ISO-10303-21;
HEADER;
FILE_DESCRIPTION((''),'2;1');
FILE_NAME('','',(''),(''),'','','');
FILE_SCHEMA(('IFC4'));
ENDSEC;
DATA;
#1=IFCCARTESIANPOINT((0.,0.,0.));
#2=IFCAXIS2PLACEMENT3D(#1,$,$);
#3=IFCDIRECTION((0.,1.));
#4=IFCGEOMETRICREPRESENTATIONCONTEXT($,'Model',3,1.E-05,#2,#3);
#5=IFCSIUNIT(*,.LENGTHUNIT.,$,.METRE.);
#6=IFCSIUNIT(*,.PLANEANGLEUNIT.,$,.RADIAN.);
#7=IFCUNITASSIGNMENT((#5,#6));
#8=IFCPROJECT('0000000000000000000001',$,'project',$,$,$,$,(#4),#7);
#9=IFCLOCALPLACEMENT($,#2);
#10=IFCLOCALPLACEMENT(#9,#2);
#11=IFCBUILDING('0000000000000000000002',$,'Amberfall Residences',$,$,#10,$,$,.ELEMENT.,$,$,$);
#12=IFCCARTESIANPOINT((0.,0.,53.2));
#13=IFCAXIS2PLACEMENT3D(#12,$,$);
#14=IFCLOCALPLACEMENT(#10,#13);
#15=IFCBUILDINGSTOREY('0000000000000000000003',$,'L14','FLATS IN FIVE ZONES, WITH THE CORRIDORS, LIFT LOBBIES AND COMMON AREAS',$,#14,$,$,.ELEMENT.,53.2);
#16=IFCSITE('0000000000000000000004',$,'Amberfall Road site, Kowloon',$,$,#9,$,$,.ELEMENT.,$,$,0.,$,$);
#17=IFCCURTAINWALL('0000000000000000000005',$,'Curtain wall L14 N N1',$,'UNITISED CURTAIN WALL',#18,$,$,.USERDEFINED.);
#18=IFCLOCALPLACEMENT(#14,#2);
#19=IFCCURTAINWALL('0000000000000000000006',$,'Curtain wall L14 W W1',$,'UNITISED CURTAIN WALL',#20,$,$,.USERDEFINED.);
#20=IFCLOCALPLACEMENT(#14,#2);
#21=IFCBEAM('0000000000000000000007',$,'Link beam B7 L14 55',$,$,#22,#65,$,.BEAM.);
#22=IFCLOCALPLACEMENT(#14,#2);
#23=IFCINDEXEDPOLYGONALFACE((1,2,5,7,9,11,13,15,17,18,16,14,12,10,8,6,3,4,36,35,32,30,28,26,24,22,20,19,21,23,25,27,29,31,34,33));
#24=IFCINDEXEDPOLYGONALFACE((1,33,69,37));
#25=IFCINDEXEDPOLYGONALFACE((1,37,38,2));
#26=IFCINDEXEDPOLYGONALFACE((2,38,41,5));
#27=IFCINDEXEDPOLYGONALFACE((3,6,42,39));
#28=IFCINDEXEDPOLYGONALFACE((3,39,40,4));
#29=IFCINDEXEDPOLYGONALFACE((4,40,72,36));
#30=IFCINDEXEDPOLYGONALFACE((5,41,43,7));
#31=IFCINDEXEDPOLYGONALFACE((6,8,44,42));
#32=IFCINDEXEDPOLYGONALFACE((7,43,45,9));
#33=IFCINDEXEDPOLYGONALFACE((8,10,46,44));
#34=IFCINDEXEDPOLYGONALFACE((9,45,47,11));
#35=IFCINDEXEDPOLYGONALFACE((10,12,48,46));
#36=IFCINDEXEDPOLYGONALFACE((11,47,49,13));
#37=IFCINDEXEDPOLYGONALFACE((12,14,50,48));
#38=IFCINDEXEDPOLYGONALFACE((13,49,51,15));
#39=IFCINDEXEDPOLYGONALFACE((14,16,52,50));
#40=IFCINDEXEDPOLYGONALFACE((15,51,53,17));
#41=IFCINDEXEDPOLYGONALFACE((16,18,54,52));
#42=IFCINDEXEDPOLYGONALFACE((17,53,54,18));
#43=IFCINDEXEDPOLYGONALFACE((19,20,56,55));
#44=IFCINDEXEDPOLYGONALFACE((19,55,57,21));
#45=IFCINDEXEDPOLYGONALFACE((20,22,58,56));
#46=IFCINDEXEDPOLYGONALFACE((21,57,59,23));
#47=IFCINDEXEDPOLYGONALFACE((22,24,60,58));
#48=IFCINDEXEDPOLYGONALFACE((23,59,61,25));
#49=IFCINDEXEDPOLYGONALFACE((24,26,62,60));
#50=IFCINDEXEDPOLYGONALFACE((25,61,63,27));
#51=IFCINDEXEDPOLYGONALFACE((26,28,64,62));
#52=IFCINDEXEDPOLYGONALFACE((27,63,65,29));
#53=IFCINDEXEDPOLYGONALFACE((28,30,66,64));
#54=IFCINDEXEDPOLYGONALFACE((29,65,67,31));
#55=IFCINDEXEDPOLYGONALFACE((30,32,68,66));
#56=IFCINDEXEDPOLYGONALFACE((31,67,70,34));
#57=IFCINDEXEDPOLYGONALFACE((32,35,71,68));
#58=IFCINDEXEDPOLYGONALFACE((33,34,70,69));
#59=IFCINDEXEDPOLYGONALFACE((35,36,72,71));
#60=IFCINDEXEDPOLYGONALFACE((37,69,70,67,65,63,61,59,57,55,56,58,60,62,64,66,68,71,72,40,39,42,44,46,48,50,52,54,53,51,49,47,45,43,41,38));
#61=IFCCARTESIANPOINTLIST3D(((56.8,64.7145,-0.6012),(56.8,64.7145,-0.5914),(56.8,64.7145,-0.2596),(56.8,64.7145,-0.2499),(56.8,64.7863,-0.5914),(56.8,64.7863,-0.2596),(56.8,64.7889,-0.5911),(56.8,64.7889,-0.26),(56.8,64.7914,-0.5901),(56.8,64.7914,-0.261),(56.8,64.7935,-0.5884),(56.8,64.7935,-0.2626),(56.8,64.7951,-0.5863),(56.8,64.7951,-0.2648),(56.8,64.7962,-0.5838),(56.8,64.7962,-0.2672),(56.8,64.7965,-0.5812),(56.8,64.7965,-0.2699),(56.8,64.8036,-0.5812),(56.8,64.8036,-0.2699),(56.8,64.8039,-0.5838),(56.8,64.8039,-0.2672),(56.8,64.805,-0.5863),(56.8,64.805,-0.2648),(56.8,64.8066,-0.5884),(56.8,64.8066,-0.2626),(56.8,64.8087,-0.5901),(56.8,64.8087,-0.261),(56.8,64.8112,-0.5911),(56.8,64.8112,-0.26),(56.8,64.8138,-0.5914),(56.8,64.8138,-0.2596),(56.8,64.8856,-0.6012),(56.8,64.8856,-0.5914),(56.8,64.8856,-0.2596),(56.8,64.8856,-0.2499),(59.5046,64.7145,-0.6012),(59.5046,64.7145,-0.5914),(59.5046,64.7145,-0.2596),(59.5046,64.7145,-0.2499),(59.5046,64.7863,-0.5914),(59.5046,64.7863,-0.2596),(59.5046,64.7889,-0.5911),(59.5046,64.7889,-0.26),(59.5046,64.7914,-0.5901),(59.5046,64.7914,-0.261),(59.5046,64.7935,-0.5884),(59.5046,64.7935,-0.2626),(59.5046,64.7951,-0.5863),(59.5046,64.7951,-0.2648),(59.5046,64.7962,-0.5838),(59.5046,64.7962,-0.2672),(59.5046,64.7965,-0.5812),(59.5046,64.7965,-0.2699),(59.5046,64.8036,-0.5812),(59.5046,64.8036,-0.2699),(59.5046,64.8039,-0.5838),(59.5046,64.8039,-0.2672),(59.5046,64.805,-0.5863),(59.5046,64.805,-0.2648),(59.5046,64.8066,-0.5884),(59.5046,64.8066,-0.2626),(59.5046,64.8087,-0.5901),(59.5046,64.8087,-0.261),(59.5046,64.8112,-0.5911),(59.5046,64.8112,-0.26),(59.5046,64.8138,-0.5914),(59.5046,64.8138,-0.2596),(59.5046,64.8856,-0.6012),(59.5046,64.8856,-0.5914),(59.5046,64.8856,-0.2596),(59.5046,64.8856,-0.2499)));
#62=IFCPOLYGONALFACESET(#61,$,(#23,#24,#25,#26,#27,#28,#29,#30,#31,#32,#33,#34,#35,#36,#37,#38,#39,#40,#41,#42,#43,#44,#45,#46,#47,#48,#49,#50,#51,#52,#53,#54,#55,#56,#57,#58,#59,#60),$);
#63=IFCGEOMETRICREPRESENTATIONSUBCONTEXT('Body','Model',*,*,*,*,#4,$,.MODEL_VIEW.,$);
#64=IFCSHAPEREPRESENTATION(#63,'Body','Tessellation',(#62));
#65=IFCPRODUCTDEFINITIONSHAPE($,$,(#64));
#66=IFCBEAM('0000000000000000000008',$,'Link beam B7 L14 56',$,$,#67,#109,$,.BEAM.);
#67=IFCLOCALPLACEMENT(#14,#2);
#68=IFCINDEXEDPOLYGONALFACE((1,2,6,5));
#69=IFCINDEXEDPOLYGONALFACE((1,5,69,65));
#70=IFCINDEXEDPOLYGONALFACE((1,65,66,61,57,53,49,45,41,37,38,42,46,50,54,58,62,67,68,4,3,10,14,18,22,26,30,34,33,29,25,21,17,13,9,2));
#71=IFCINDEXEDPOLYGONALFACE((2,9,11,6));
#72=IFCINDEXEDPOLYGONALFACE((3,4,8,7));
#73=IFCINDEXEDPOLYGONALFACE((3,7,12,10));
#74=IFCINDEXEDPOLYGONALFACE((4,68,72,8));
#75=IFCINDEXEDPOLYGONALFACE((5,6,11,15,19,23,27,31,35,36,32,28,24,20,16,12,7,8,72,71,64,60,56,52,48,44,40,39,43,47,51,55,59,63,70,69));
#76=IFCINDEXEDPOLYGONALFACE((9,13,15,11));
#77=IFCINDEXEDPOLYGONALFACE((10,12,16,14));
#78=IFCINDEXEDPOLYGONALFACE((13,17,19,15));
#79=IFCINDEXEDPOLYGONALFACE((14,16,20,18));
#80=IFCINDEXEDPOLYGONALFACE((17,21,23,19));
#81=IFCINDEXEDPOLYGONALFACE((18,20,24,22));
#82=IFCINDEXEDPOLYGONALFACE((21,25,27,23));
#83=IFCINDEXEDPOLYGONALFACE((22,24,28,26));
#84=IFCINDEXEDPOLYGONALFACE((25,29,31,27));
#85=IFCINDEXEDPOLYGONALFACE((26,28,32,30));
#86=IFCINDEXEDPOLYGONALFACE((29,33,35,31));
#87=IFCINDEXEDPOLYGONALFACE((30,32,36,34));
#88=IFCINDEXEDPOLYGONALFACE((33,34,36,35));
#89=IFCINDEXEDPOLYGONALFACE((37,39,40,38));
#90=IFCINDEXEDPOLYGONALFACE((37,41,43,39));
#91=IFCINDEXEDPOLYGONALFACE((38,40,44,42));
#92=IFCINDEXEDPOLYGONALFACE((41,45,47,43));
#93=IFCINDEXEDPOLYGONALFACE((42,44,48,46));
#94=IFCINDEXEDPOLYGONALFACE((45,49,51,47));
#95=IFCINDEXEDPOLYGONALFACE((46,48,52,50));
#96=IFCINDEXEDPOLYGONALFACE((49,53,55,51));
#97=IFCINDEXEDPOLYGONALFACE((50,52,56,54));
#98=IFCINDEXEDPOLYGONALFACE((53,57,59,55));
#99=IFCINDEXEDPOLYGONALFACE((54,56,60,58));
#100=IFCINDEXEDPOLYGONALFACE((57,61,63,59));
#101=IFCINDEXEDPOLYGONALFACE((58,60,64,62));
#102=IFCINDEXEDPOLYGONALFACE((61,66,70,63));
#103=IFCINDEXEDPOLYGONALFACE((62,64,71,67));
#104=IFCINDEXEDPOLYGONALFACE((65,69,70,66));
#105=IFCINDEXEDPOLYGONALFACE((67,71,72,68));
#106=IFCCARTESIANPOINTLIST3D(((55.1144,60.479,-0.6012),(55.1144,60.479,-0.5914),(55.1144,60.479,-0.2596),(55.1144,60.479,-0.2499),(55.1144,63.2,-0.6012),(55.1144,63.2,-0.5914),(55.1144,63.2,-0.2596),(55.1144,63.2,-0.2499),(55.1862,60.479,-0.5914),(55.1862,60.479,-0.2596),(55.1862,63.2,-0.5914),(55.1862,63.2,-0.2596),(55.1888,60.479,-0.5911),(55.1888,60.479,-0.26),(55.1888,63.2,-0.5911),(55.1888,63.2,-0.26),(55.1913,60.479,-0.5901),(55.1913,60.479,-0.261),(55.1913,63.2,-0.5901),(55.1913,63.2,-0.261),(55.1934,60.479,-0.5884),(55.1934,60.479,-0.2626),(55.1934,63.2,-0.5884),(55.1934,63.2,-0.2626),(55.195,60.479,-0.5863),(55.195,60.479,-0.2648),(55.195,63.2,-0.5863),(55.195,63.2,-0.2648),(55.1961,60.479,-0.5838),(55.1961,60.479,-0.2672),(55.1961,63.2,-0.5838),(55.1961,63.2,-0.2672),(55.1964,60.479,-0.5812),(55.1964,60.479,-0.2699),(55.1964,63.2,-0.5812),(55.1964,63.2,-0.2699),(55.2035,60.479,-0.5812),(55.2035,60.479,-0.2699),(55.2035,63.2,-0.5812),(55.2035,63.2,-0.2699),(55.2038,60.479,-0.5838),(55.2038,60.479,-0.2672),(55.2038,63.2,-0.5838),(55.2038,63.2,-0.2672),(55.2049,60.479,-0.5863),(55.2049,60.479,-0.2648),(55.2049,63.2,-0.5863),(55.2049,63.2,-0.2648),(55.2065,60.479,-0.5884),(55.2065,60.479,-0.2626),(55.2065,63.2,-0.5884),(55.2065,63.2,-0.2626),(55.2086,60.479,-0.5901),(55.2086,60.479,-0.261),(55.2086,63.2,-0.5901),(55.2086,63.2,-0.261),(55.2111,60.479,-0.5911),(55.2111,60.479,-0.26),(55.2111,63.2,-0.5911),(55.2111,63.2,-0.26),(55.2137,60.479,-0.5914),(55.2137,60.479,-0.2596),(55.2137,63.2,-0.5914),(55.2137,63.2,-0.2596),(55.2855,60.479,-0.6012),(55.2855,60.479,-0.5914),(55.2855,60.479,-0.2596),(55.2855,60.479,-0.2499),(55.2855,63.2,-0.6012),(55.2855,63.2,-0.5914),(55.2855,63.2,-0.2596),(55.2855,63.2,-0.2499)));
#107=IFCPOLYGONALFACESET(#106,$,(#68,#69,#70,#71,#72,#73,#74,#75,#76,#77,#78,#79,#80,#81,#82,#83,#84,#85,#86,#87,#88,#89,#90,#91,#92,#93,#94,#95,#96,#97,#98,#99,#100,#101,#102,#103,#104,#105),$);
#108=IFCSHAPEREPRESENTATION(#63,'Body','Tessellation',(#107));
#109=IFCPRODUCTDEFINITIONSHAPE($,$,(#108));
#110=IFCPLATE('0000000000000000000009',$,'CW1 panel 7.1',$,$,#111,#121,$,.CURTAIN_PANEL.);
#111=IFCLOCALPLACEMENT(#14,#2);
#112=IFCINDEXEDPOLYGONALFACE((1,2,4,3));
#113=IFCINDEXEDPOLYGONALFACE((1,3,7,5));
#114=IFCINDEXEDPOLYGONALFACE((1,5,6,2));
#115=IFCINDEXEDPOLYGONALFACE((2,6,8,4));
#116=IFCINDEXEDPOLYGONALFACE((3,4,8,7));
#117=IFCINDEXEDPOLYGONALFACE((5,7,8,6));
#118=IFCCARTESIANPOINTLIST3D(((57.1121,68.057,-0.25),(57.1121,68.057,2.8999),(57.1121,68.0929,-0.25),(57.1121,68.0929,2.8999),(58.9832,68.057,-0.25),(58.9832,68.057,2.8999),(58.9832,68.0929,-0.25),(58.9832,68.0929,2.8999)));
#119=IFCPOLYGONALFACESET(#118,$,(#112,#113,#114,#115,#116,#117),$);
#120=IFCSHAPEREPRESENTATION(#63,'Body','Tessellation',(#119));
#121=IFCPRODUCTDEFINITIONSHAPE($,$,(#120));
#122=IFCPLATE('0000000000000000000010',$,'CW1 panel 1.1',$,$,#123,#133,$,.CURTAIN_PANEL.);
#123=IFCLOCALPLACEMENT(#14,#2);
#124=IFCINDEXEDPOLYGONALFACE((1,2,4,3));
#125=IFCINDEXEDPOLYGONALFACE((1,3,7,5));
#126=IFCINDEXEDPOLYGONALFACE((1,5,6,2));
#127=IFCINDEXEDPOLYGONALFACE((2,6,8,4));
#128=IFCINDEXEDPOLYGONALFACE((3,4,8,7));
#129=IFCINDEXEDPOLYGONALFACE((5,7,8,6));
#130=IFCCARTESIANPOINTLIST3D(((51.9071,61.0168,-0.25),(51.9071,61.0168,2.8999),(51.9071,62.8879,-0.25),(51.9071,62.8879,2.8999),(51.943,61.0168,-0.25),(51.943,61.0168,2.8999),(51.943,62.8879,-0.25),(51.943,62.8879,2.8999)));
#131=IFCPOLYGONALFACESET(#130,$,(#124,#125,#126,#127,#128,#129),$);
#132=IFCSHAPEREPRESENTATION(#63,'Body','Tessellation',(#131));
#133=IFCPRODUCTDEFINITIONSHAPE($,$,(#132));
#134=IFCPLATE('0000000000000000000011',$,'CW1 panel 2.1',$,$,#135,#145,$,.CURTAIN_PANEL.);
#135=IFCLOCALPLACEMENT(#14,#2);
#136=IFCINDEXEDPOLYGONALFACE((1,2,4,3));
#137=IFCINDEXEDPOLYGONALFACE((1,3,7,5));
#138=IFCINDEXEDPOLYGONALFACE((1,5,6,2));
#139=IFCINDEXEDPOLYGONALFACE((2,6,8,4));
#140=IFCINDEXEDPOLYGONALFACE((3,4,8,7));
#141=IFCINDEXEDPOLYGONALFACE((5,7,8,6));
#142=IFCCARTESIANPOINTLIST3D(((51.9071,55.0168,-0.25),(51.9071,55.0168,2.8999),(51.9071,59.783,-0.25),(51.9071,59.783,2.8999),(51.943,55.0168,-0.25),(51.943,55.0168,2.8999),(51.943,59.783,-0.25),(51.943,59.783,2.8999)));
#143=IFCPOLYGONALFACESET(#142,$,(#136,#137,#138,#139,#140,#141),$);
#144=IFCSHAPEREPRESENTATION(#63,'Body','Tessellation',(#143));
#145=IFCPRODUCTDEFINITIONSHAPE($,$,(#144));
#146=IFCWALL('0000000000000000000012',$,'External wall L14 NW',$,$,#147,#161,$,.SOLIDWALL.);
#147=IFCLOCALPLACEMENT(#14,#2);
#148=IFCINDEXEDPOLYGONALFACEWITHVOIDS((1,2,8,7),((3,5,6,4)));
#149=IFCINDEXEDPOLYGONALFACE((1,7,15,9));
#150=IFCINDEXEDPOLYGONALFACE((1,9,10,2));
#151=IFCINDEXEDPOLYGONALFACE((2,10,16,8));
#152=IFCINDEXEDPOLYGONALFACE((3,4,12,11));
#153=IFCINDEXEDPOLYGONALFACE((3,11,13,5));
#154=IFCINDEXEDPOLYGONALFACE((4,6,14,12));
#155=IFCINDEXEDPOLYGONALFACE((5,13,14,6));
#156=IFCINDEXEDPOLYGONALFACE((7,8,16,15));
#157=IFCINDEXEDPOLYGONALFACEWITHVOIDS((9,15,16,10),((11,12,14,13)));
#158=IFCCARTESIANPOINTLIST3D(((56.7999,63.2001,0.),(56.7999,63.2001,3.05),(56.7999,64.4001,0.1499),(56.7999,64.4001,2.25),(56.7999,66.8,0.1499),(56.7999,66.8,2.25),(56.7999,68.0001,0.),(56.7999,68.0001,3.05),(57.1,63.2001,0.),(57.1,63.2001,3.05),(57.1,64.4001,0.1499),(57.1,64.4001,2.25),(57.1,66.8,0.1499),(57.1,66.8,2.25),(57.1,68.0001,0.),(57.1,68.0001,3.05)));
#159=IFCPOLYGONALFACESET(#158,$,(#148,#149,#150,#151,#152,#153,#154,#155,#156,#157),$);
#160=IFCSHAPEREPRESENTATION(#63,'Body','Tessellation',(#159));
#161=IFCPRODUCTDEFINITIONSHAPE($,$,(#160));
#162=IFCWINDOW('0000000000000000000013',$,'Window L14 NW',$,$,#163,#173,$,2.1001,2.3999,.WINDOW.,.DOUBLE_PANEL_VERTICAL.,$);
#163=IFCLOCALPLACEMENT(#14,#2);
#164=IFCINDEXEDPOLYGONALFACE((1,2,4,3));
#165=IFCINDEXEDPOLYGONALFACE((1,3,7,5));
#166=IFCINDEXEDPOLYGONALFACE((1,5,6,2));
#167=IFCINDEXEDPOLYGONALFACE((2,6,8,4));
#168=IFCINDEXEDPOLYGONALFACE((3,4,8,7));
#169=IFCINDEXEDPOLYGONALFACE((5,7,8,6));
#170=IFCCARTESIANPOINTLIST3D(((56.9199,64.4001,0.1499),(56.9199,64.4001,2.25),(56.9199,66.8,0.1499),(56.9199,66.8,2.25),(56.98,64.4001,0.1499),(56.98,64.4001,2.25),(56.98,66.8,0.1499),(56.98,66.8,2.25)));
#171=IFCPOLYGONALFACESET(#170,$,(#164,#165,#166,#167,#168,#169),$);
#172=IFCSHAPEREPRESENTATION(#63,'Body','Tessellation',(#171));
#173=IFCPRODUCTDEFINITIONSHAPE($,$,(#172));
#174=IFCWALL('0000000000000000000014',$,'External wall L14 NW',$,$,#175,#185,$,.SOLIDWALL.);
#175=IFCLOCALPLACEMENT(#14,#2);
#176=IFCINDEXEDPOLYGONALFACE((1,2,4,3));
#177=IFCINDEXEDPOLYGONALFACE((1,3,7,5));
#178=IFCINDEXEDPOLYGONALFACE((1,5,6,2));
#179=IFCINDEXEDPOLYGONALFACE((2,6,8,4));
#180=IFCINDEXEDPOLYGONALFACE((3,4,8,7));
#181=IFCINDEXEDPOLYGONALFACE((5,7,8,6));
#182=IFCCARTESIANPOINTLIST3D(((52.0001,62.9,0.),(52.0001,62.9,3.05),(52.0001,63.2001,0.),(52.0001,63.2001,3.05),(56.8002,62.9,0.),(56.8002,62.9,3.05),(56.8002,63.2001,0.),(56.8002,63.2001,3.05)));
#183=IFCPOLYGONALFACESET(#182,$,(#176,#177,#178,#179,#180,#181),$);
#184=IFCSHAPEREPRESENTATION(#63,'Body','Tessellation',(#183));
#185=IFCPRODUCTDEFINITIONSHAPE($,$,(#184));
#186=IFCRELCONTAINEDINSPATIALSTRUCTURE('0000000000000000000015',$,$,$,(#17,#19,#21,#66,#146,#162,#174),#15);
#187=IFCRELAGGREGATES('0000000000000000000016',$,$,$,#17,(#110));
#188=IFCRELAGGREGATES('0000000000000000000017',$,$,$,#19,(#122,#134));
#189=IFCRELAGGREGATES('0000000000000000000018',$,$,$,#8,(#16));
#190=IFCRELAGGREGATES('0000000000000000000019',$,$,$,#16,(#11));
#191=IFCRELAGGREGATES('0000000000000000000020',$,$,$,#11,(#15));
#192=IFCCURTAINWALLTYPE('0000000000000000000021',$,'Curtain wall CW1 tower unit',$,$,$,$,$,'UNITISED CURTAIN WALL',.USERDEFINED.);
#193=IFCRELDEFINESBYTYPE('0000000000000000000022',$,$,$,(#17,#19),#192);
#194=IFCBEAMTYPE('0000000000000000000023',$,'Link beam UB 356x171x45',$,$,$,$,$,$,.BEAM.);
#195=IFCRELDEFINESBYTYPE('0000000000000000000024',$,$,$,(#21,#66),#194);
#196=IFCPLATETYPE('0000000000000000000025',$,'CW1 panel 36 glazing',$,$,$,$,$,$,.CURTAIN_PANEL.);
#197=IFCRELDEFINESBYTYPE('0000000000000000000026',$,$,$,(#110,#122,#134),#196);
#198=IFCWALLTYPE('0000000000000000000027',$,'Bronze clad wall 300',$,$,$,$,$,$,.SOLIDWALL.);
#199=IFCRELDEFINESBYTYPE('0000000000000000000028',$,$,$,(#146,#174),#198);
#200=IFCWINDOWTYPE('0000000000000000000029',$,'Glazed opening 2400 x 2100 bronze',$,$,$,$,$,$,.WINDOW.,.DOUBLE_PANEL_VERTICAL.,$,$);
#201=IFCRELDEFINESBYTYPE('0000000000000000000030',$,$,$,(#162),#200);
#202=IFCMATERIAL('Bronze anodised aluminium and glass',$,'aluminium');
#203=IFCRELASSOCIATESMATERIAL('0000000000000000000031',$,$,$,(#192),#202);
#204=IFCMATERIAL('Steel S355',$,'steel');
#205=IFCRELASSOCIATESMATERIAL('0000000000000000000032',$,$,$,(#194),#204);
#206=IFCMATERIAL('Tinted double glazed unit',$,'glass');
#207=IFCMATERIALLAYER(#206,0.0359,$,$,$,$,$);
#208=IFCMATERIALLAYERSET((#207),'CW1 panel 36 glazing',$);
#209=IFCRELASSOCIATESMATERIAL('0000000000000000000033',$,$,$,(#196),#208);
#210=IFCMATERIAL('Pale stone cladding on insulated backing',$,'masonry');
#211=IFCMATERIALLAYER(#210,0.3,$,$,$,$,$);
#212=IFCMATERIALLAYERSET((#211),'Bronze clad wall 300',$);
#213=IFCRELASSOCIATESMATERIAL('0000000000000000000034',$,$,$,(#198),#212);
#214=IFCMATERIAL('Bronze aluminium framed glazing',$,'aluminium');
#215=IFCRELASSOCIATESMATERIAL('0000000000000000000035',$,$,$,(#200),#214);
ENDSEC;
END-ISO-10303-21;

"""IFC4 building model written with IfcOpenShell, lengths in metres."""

from ifc_helpers import new_model, si_unit, direction, frame, frame_2d, origin, origin_2d, place, context, subcontext, project, spatial, rectangle, i_section, extrude, material, layer, layer_set, material_profile, profile_set, type_object, element, fill, aggregate, save


model = new_model("IFC4")

# Units and contexts
model_context = context("Model", 3, precision=1e-05, world=origin(), true_north=direction((0.0, 1.0)))
body_context = subcontext(model_context, "Body", "Model", "MODEL_VIEW")
ifc_project = project(units=[si_unit("LENGTHUNIT", "METRE"), si_unit("PLANEANGLEUNIT", "RADIAN")], contexts=[model_context])

# Site, building, storey
site_placement = place(None, origin())
site = spatial("IfcSite", under=ifc_project, at=site_placement, Name="Amberfall Road site, Kowloon", CompositionType="ELEMENT", RefElevation=0.0)
building_placement = place(site_placement, origin())
building = spatial("IfcBuilding", under=site, at=building_placement, Name="Amberfall Residences", CompositionType="ELEMENT")
storey_placement = place(building_placement, frame((0.0, 0.0, 53.2)))
storey = spatial("IfcBuildingStorey", under=building, at=storey_placement, Name="L14", Description="FLATS IN FIVE ZONES, WITH THE CORRIDORS, LIFT LOBBIES AND COMMON AREAS", CompositionType="ELEMENT", Elevation=53.2)

# Curtain wall
ifc_material_1 = material(Name="Bronze anodised aluminium and glass", Category="aluminium")
curtain_wall_type = type_object("IfcCurtainWallType", Name="Curtain wall CW1 tower unit", ElementType="UNITISED CURTAIN WALL", PredefinedType="USERDEFINED", material=ifc_material_1)
curtain_wall_1_placement = place(storey_placement, origin())
curtain_wall_1 = element("IfcCurtainWall", 1, at=curtain_wall_1_placement, inside=storey, type_object=curtain_wall_type, Name="Curtain wall L14 N N1", ObjectType="UNITISED CURTAIN WALL", PredefinedType="USERDEFINED")

# Curtain wall
curtain_wall_2_placement = place(storey_placement, origin())
curtain_wall_2 = element("IfcCurtainWall", 2, at=curtain_wall_2_placement, inside=storey, type_object=curtain_wall_type, Name="Curtain wall L14 W W1", ObjectType="UNITISED CURTAIN WALL", PredefinedType="USERDEFINED")

# Shared definitions
ifc_material_2 = material(Name="Steel S355", Category="steel")

# Beams
ifc_material_profile_1 = material_profile(ifc_material_2, i_section(OverallWidth=0.1711, OverallDepth=0.3513, WebThickness=0.0071, FlangeThickness=0.0098, FilletRadius=0.0103, at=origin_2d()), Name="UB 356x171x45")
ifc_profile_set_1 = profile_set([ifc_material_profile_1], Name="Steel S355")
beam_type_1 = type_object("IfcBeamType", Name="Link beam UB 356x171x45", PredefinedType="BEAM", material=ifc_profile_set_1)
beam_1_placement = place(storey_placement, frame((56.8, 64.8, -0.4255), z_axis=(1.0, 0.0, 0.0), x_axis=(0.0, 1.0, 0.0)))
element("IfcBeam", 3, at=beam_1_placement, inside=storey, type_object=beam_type_1, Name="Link beam B7 L14 55", PredefinedType="BEAM", context=body_context, shape_type="SweptSolid", body=[
    extrude(i_section(OverallWidth=0.1711, OverallDepth=0.3513, WebThickness=0.0071, FlangeThickness=0.0098, FilletRadius=0.0103, at=origin_2d()), origin(), (0.0, 0.0, 1.0), 2.7046),
])
beam_2_placement = place(storey_placement, frame((55.2, 63.2, -0.4255), z_axis=(0.0, -1.0, 0.0), x_axis=(1.0, 0.0, 0.0)))
element("IfcBeam", 4, at=beam_2_placement, inside=storey, type_object=beam_type_1, Name="Link beam B7 L14 56", PredefinedType="BEAM", context=body_context, shape_type="SweptSolid", body=[
    extrude(i_section(OverallWidth=0.1711, OverallDepth=0.3513, WebThickness=0.0071, FlangeThickness=0.0098, FilletRadius=0.0103, at=origin_2d()), origin(), (0.0, 0.0, 1.0), 2.7209),
])

# Plates
ifc_material_3 = material(Name="Tinted double glazed unit", Category="glass")
ifc_layer_1 = layer(ifc_material_3, 0.0359)
ifc_layer_set_1 = layer_set([ifc_layer_1], Name="CW1 panel 36 glazing")
plate_type = type_object("IfcPlateType", Name="CW1 panel 36 glazing", PredefinedType="CURTAIN_PANEL", material=ifc_layer_set_1)
plate_1_placement = place(storey_placement, frame((58.0476, 68.075, -0.25), z_axis=(0.0, 0.0, 1.0), x_axis=(-1.0, 0.0, 0.0)))
plate_1 = element("IfcPlate", 5, at=plate_1_placement, type_object=plate_type, Name="CW1 panel 7.1", PredefinedType="CURTAIN_PANEL", context=body_context, shape_type="SweptSolid", body=[
    extrude(rectangle(XDim=1.8711, YDim=0.0359, at=origin_2d()), origin(), (0.0, 0.0, 1.0), 3.1499),
])
aggregate(curtain_wall_1, [plate_1])
plate_2_placement = place(storey_placement, frame((51.925, 61.9524, -0.25), z_axis=(0.0, 0.0, 1.0), x_axis=(0.0, -1.0, 0.0)))
plate_2 = element("IfcPlate", 6, at=plate_2_placement, type_object=plate_type, Name="CW1 panel 1.1", PredefinedType="CURTAIN_PANEL", context=body_context, shape_type="SweptSolid", body=[
    extrude(rectangle(XDim=1.8711, YDim=0.0359, at=origin_2d()), origin(), (0.0, 0.0, 1.0), 3.1499),
])
plate_3_placement = place(storey_placement, frame((51.925, 57.3999, -0.25), z_axis=(0.0, 0.0, 1.0), x_axis=(0.0, -1.0, 0.0)))
plate_3 = element("IfcPlate", 7, at=plate_3_placement, type_object=plate_type, Name="CW1 panel 2.1", PredefinedType="CURTAIN_PANEL", context=body_context, shape_type="SweptSolid", body=[
    extrude(rectangle(XDim=4.7661, YDim=0.0359, at=origin_2d()), origin(), (0.0, 0.0, 1.0), 3.1499),
])
aggregate(curtain_wall_2, [plate_2, plate_3])

# Wall, opening, window
ifc_material_4 = material(Name="Pale stone cladding on insulated backing", Category="masonry")
ifc_layer_2 = layer(ifc_material_4, 0.3)
ifc_layer_set_2 = layer_set([ifc_layer_2], Name="Bronze clad wall 300")
wall_type_1 = type_object("IfcWallType", Name="Bronze clad wall 300", PredefinedType="SOLIDWALL", material=ifc_layer_set_2)
wall_1_placement = place(storey_placement, frame((56.95, 68.0, 0.0), z_axis=(0.0, 0.0, 1.0), x_axis=(0.0, -1.0, 0.0)))
wall_1 = element("IfcWall", 8, at=wall_1_placement, inside=storey, type_object=wall_type_1, Name="External wall L14 NW", PredefinedType="SOLIDWALL", context=body_context, shape_type="SweptSolid", body=[
    extrude(rectangle(XDim=4.8, YDim=0.3, at=frame_2d((2.3999, 0.0))), origin(), (0.0, 0.0, 1.0), 3.05),
])
opening_1_placement = place(wall_1_placement, frame((1.2, 0.0, 0.1499)))
opening_1 = element("IfcOpeningElement", 9, at=opening_1_placement, cuts=wall_1, PredefinedType="OPENING", context=body_context, shape_type="SweptSolid", body=[
    extrude(rectangle(XDim=2.3999, YDim=2.1001, at=frame_2d((1.2, 1.05))), frame((0.0, 0.1599, 0.0), z_axis=(0.0, -1.0, 0.0), x_axis=(1.0, 0.0, 0.0)), (0.0, 0.0, 1.0), 0.3201),
])
ifc_material_5 = material(Name="Bronze aluminium framed glazing", Category="aluminium")
window_type = type_object("IfcWindowType", Name="Glazed opening 2400 x 2100 bronze", PartitioningType="DOUBLE_PANEL_VERTICAL", PredefinedType="WINDOW", material=ifc_material_5)
window_placement = place(opening_1_placement, origin())
window = element("IfcWindow", 10, at=window_placement, inside=storey, type_object=window_type, Name="Window L14 NW", OverallHeight=2.1001, OverallWidth=2.3999, PartitioningType="DOUBLE_PANEL_VERTICAL", PredefinedType="WINDOW", context=body_context, shape_type="SweptSolid", body=[
    extrude(rectangle(XDim=2.3999, YDim=2.1001, at=frame_2d((1.2, 1.05))), frame((0.0, 0.03, 0.0), z_axis=(0.0, -1.0, 0.0), x_axis=(1.0, 0.0, 0.0)), (0.0, 0.0, 1.0), 0.0601),
])
fill(opening_1, window)

# Wall
wall_2_placement = place(storey_placement, frame((56.8, 63.05, 0.0), z_axis=(0.0, 0.0, 1.0), x_axis=(-1.0, 0.0, 0.0)))
element("IfcWall", 11, at=wall_2_placement, inside=storey, type_object=wall_type_1, Name="External wall L14 NW", PredefinedType="SOLIDWALL", context=body_context, shape_type="SweptSolid", body=[
    extrude(rectangle(XDim=4.8, YDim=0.3, at=frame_2d((2.3999, 0.0))), origin(), (0.0, 0.0, 1.0), 3.05),
])

save(model, "model.ifc")
